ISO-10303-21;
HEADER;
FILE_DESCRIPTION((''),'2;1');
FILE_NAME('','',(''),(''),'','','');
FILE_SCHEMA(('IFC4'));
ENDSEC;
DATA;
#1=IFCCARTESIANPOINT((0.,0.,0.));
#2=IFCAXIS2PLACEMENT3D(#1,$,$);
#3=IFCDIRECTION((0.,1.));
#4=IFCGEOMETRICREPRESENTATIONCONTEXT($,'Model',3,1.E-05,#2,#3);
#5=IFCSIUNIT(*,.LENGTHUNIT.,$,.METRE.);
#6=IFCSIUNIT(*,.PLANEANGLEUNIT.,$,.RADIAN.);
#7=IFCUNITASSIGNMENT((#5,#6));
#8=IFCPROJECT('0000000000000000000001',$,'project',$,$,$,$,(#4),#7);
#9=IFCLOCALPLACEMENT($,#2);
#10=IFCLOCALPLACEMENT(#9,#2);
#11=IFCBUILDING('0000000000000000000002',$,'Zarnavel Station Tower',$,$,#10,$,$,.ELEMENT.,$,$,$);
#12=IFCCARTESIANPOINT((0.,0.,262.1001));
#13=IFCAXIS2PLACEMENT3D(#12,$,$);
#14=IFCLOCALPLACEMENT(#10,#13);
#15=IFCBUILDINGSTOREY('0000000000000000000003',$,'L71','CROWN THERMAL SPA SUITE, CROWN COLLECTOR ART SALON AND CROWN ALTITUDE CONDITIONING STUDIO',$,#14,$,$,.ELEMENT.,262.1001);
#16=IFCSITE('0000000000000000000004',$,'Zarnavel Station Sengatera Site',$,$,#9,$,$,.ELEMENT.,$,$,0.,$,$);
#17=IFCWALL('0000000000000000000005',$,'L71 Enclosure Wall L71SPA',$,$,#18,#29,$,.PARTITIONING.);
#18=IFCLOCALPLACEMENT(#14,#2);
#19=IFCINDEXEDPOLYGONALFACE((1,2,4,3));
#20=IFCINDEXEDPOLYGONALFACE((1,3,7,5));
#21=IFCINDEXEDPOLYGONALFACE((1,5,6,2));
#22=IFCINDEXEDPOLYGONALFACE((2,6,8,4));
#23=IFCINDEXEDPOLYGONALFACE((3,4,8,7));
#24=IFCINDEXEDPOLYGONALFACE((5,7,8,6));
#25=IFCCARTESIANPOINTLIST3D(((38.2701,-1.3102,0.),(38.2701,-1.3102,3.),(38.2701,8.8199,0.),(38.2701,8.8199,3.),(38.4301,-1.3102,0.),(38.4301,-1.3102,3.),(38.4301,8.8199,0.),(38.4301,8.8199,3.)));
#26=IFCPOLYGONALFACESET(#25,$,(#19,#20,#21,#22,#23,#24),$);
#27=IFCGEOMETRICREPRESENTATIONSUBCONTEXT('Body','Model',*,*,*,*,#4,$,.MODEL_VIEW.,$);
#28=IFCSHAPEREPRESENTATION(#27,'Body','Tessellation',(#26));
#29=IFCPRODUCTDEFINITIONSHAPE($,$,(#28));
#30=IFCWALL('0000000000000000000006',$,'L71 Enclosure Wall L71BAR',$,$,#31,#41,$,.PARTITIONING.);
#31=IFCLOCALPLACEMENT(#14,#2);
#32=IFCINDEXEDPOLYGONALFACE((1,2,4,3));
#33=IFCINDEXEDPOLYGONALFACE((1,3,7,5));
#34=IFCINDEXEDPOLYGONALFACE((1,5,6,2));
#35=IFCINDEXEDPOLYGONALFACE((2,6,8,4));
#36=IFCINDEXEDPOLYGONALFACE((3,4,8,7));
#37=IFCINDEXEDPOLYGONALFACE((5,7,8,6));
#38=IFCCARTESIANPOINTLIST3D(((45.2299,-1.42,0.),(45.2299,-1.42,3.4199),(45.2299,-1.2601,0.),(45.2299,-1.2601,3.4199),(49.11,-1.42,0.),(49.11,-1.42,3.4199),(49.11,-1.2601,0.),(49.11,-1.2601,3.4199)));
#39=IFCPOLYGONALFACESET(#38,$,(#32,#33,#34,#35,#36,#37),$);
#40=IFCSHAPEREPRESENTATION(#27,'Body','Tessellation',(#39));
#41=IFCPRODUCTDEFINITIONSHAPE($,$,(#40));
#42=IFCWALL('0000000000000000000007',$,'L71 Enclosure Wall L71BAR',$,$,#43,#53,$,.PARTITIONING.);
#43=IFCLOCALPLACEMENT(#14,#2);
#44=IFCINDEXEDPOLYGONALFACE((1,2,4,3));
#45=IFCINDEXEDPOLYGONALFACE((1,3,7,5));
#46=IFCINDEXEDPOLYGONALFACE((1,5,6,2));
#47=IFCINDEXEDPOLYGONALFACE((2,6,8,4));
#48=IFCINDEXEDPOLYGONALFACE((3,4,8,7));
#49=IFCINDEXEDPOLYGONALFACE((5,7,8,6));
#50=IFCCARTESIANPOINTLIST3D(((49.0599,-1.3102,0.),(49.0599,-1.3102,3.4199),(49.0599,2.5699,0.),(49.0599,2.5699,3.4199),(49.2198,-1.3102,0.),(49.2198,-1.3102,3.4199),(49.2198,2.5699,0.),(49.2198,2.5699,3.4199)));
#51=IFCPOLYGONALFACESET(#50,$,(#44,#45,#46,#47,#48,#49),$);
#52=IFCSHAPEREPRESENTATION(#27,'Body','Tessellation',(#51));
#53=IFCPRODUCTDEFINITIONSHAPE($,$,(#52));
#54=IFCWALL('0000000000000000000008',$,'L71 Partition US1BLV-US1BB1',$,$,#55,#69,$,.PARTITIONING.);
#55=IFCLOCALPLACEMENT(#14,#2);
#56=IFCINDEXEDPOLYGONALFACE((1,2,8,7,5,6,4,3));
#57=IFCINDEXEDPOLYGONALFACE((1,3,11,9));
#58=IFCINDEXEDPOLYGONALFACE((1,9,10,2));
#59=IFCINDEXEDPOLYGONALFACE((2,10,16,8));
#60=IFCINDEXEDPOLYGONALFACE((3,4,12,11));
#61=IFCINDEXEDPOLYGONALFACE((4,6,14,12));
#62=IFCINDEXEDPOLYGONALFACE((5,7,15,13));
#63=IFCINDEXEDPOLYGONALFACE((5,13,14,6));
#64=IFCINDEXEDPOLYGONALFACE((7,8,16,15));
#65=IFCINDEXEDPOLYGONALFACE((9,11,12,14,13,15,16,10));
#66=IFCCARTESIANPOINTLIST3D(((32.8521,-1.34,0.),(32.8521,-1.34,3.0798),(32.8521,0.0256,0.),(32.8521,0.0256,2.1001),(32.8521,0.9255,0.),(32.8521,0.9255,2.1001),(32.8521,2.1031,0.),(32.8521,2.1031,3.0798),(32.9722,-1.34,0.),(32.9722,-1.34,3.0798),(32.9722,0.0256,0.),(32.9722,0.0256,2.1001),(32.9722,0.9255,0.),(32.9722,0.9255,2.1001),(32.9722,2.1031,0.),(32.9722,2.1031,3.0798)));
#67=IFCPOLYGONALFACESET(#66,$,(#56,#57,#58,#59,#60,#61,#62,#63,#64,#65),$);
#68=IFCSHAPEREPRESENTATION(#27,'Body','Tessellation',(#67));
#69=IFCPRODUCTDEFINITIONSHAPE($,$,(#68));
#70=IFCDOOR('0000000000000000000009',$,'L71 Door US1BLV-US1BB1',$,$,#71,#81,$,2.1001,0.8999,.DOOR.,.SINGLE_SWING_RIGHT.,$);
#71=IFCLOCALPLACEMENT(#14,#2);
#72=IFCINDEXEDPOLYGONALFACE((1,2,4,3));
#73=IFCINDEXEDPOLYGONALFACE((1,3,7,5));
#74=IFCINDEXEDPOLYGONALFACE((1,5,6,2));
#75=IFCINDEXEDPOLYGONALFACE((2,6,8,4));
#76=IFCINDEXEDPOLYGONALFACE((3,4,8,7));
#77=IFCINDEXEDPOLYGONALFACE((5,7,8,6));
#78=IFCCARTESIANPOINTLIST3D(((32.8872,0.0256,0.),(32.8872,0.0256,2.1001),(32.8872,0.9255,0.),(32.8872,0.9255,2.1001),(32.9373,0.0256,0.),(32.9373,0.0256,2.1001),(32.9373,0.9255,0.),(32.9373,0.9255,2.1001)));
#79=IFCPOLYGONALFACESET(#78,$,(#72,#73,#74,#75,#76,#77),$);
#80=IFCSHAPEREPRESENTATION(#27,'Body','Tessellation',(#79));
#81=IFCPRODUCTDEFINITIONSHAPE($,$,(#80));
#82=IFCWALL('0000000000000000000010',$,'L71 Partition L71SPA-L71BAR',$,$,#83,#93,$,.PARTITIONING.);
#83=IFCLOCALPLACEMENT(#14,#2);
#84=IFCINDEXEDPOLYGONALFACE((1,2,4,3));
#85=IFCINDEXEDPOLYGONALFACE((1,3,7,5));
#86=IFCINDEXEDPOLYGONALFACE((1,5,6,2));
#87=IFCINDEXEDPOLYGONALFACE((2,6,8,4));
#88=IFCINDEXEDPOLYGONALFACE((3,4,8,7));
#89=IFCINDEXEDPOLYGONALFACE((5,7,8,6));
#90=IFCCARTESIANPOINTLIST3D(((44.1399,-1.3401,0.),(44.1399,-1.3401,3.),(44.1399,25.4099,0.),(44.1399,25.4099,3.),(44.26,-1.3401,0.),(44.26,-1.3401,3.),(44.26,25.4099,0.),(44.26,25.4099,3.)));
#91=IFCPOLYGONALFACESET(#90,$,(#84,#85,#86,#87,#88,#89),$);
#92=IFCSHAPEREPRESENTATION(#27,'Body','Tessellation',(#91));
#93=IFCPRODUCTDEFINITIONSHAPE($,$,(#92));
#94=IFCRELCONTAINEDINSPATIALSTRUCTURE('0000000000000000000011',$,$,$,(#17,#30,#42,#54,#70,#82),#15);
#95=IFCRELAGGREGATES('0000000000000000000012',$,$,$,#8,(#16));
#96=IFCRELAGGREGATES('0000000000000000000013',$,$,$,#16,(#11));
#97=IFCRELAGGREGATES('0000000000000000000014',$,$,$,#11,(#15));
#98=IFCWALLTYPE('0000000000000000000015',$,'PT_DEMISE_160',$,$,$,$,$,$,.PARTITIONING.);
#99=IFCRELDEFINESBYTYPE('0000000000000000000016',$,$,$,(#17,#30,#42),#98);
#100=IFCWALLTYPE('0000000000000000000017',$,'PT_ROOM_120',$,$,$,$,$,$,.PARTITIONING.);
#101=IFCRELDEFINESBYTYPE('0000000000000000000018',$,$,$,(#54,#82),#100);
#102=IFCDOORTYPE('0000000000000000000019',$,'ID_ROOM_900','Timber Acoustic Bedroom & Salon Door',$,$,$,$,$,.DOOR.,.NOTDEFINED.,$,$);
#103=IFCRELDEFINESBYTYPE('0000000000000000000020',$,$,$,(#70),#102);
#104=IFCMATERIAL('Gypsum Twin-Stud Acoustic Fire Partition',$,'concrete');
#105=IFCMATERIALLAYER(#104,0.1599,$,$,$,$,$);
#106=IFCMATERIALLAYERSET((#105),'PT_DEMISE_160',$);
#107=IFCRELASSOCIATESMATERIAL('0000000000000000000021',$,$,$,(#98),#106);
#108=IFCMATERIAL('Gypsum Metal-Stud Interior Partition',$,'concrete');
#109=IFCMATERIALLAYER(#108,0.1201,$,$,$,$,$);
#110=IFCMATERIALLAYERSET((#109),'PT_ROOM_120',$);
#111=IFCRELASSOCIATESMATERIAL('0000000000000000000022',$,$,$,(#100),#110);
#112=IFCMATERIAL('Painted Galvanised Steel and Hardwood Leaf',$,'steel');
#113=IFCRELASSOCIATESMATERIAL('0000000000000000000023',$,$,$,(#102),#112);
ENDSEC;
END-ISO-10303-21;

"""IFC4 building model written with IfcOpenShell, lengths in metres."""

from ifc_helpers import new_model, si_unit, direction, frame, frame_2d, origin, place, context, subcontext, project, spatial, rectangle, extrude, material, layer, layer_set, type_object, element, fill, save


model = new_model("IFC4")

# Units and contexts
model_context = context("Model", 3, precision=1e-05, world=origin(), true_north=direction((0.0, 1.0)))
body_context = subcontext(model_context, "Body", "Model", "MODEL_VIEW")
ifc_project = project(units=[si_unit("LENGTHUNIT", "METRE"), si_unit("PLANEANGLEUNIT", "RADIAN")], contexts=[model_context])

# Site, building, storey
site_placement = place(None, origin())
site = spatial("IfcSite", under=ifc_project, at=site_placement, Name="Zarnavel Station Sengatera Site", CompositionType="ELEMENT", RefElevation=0.0)
building_placement = place(site_placement, origin())
building = spatial("IfcBuilding", under=site, at=building_placement, Name="Zarnavel Station Tower", CompositionType="ELEMENT")
storey_placement = place(building_placement, frame((0.0, 0.0, 262.1001)))
storey = spatial("IfcBuildingStorey", under=building, at=storey_placement, Name="L71", Description="CROWN THERMAL SPA SUITE, CROWN COLLECTOR ART SALON AND CROWN ALTITUDE CONDITIONING STUDIO", CompositionType="ELEMENT", Elevation=262.1001)

# Walls
ifc_material_1 = material(Name="Gypsum Twin-Stud Acoustic Fire Partition", Category="concrete")
ifc_layer_1 = layer(ifc_material_1, 0.1599)
ifc_layer_set_1 = layer_set([ifc_layer_1], Name="PT_DEMISE_160")
wall_type_1 = type_object("IfcWallType", Name="PT_DEMISE_160", PredefinedType="PARTITIONING", material=ifc_layer_set_1)
wall_1_placement = place(storey_placement, frame((38.3501, -1.3101, 0.0), z_axis=(0.0, 0.0, 1.0), x_axis=(0.0, 1.0, 0.0)))
element("IfcWall", 1, at=wall_1_placement, inside=storey, type_object=wall_type_1, Name="L71 Enclosure Wall L71SPA", PredefinedType="PARTITIONING", context=body_context, shape_type="SweptSolid", body=[
    extrude(rectangle(XDim=10.1301, YDim=0.1599, at=frame_2d((5.0649, 0.0))), origin(), (0.0, 0.0, 1.0), 3.0),
])
for number, where, z_axis, x_axis, name in (
    (2, (45.23, -1.3401, 0.0), (0.0, 0.0, 1.0), (1.0, 0.0, 0.0), "L71 Enclosure Wall L71BAR"),
    (3, (49.1399, -1.3101, 0.0), (0.0, 0.0, 1.0), (0.0, 1.0, 0.0), "L71 Enclosure Wall L71BAR"),
):
    element("IfcWall", number, at=place(storey_placement, frame(where, z_axis=z_axis, x_axis=x_axis)), inside=storey, type_object=wall_type_1, Name=name, PredefinedType="PARTITIONING", context=body_context, shape_type="SweptSolid", body=[
        extrude(rectangle(XDim=3.8801, YDim=0.1599, at=frame_2d((1.9399, 0.0))), origin(), (0.0, 0.0, 1.0), 3.4199),
    ])

# Wall, opening, door
ifc_material_2 = material(Name="Gypsum Metal-Stud Interior Partition", Category="concrete")
ifc_layer_2 = layer(ifc_material_2, 0.1201)
ifc_layer_set_2 = layer_set([ifc_layer_2], Name="PT_ROOM_120")
wall_type_2 = type_object("IfcWallType", Name="PT_ROOM_120", PredefinedType="PARTITIONING", material=ifc_layer_set_2)
wall_2_placement = place(storey_placement, frame((32.9121, -1.3401, 0.0), z_axis=(0.0, 0.0, 1.0), x_axis=(0.0, 1.0, 0.0)))
wall_2 = element("IfcWall", 4, at=wall_2_placement, inside=storey, type_object=wall_type_2, Name="L71 Partition US1BLV-US1BB1", PredefinedType="PARTITIONING", context=body_context, shape_type="SweptSolid", body=[
    extrude(rectangle(XDim=3.4431, YDim=0.1201, at=frame_2d((1.7217, 0.0))), origin(), (0.0, 0.0, 1.0), 3.0798),
])
opening_1_placement = place(wall_2_placement, frame((1.3657, 0.0, 0.0)))
opening_1 = element("IfcOpeningElement", 5, at=opening_1_placement, cuts=wall_2, PredefinedType="OPENING", context=body_context, shape_type="SweptSolid", body=[
    extrude(rectangle(XDim=0.8999, YDim=2.1001, at=frame_2d((0.45, 1.05))), frame((0.0, 0.0701, 0.0), z_axis=(0.0, -1.0, 0.0), x_axis=(1.0, 0.0, 0.0)), (0.0, 0.0, 1.0), 0.1401),
])
ifc_material_3 = material(Name="Painted Galvanised Steel and Hardwood Leaf", Category="steel")
door_type_1 = type_object("IfcDoorType", Name="ID_ROOM_900", Description="Timber Acoustic Bedroom & Salon Door", OperationType="NOTDEFINED", PredefinedType="DOOR", material=ifc_material_3)
door_1_placement = place(opening_1_placement, origin())
door_1 = element("IfcDoor", 6, at=door_1_placement, inside=storey, type_object=door_type_1, Name="L71 Door US1BLV-US1BB1", OperationType="SINGLE_SWING_RIGHT", OverallHeight=2.1001, OverallWidth=0.8999, PredefinedType="DOOR", context=body_context, shape_type="SweptSolid", body=[
    extrude(rectangle(XDim=0.8999, YDim=2.1001, at=frame_2d((0.45, 1.05))), frame((0.0, 0.0249, 0.0), z_axis=(0.0, -1.0, 0.0), x_axis=(1.0, 0.0, 0.0)), (0.0, 0.0, 1.0), 0.05),
])
fill(opening_1, door_1)

# Wall
wall_3_placement = place(storey_placement, frame((44.2, -1.3401, 0.0), z_axis=(0.0, 0.0, 1.0), x_axis=(0.0, 1.0, 0.0)))
element("IfcWall", 7, at=wall_3_placement, inside=storey, type_object=wall_type_2, Name="L71 Partition L71SPA-L71BAR", PredefinedType="PARTITIONING", context=body_context, shape_type="SweptSolid", body=[
    extrude(rectangle(XDim=26.75, YDim=0.1201, at=frame_2d((13.375, 0.0))), origin(), (0.0, 0.0, 1.0), 3.0),
])

save(model, "model.ifc")
